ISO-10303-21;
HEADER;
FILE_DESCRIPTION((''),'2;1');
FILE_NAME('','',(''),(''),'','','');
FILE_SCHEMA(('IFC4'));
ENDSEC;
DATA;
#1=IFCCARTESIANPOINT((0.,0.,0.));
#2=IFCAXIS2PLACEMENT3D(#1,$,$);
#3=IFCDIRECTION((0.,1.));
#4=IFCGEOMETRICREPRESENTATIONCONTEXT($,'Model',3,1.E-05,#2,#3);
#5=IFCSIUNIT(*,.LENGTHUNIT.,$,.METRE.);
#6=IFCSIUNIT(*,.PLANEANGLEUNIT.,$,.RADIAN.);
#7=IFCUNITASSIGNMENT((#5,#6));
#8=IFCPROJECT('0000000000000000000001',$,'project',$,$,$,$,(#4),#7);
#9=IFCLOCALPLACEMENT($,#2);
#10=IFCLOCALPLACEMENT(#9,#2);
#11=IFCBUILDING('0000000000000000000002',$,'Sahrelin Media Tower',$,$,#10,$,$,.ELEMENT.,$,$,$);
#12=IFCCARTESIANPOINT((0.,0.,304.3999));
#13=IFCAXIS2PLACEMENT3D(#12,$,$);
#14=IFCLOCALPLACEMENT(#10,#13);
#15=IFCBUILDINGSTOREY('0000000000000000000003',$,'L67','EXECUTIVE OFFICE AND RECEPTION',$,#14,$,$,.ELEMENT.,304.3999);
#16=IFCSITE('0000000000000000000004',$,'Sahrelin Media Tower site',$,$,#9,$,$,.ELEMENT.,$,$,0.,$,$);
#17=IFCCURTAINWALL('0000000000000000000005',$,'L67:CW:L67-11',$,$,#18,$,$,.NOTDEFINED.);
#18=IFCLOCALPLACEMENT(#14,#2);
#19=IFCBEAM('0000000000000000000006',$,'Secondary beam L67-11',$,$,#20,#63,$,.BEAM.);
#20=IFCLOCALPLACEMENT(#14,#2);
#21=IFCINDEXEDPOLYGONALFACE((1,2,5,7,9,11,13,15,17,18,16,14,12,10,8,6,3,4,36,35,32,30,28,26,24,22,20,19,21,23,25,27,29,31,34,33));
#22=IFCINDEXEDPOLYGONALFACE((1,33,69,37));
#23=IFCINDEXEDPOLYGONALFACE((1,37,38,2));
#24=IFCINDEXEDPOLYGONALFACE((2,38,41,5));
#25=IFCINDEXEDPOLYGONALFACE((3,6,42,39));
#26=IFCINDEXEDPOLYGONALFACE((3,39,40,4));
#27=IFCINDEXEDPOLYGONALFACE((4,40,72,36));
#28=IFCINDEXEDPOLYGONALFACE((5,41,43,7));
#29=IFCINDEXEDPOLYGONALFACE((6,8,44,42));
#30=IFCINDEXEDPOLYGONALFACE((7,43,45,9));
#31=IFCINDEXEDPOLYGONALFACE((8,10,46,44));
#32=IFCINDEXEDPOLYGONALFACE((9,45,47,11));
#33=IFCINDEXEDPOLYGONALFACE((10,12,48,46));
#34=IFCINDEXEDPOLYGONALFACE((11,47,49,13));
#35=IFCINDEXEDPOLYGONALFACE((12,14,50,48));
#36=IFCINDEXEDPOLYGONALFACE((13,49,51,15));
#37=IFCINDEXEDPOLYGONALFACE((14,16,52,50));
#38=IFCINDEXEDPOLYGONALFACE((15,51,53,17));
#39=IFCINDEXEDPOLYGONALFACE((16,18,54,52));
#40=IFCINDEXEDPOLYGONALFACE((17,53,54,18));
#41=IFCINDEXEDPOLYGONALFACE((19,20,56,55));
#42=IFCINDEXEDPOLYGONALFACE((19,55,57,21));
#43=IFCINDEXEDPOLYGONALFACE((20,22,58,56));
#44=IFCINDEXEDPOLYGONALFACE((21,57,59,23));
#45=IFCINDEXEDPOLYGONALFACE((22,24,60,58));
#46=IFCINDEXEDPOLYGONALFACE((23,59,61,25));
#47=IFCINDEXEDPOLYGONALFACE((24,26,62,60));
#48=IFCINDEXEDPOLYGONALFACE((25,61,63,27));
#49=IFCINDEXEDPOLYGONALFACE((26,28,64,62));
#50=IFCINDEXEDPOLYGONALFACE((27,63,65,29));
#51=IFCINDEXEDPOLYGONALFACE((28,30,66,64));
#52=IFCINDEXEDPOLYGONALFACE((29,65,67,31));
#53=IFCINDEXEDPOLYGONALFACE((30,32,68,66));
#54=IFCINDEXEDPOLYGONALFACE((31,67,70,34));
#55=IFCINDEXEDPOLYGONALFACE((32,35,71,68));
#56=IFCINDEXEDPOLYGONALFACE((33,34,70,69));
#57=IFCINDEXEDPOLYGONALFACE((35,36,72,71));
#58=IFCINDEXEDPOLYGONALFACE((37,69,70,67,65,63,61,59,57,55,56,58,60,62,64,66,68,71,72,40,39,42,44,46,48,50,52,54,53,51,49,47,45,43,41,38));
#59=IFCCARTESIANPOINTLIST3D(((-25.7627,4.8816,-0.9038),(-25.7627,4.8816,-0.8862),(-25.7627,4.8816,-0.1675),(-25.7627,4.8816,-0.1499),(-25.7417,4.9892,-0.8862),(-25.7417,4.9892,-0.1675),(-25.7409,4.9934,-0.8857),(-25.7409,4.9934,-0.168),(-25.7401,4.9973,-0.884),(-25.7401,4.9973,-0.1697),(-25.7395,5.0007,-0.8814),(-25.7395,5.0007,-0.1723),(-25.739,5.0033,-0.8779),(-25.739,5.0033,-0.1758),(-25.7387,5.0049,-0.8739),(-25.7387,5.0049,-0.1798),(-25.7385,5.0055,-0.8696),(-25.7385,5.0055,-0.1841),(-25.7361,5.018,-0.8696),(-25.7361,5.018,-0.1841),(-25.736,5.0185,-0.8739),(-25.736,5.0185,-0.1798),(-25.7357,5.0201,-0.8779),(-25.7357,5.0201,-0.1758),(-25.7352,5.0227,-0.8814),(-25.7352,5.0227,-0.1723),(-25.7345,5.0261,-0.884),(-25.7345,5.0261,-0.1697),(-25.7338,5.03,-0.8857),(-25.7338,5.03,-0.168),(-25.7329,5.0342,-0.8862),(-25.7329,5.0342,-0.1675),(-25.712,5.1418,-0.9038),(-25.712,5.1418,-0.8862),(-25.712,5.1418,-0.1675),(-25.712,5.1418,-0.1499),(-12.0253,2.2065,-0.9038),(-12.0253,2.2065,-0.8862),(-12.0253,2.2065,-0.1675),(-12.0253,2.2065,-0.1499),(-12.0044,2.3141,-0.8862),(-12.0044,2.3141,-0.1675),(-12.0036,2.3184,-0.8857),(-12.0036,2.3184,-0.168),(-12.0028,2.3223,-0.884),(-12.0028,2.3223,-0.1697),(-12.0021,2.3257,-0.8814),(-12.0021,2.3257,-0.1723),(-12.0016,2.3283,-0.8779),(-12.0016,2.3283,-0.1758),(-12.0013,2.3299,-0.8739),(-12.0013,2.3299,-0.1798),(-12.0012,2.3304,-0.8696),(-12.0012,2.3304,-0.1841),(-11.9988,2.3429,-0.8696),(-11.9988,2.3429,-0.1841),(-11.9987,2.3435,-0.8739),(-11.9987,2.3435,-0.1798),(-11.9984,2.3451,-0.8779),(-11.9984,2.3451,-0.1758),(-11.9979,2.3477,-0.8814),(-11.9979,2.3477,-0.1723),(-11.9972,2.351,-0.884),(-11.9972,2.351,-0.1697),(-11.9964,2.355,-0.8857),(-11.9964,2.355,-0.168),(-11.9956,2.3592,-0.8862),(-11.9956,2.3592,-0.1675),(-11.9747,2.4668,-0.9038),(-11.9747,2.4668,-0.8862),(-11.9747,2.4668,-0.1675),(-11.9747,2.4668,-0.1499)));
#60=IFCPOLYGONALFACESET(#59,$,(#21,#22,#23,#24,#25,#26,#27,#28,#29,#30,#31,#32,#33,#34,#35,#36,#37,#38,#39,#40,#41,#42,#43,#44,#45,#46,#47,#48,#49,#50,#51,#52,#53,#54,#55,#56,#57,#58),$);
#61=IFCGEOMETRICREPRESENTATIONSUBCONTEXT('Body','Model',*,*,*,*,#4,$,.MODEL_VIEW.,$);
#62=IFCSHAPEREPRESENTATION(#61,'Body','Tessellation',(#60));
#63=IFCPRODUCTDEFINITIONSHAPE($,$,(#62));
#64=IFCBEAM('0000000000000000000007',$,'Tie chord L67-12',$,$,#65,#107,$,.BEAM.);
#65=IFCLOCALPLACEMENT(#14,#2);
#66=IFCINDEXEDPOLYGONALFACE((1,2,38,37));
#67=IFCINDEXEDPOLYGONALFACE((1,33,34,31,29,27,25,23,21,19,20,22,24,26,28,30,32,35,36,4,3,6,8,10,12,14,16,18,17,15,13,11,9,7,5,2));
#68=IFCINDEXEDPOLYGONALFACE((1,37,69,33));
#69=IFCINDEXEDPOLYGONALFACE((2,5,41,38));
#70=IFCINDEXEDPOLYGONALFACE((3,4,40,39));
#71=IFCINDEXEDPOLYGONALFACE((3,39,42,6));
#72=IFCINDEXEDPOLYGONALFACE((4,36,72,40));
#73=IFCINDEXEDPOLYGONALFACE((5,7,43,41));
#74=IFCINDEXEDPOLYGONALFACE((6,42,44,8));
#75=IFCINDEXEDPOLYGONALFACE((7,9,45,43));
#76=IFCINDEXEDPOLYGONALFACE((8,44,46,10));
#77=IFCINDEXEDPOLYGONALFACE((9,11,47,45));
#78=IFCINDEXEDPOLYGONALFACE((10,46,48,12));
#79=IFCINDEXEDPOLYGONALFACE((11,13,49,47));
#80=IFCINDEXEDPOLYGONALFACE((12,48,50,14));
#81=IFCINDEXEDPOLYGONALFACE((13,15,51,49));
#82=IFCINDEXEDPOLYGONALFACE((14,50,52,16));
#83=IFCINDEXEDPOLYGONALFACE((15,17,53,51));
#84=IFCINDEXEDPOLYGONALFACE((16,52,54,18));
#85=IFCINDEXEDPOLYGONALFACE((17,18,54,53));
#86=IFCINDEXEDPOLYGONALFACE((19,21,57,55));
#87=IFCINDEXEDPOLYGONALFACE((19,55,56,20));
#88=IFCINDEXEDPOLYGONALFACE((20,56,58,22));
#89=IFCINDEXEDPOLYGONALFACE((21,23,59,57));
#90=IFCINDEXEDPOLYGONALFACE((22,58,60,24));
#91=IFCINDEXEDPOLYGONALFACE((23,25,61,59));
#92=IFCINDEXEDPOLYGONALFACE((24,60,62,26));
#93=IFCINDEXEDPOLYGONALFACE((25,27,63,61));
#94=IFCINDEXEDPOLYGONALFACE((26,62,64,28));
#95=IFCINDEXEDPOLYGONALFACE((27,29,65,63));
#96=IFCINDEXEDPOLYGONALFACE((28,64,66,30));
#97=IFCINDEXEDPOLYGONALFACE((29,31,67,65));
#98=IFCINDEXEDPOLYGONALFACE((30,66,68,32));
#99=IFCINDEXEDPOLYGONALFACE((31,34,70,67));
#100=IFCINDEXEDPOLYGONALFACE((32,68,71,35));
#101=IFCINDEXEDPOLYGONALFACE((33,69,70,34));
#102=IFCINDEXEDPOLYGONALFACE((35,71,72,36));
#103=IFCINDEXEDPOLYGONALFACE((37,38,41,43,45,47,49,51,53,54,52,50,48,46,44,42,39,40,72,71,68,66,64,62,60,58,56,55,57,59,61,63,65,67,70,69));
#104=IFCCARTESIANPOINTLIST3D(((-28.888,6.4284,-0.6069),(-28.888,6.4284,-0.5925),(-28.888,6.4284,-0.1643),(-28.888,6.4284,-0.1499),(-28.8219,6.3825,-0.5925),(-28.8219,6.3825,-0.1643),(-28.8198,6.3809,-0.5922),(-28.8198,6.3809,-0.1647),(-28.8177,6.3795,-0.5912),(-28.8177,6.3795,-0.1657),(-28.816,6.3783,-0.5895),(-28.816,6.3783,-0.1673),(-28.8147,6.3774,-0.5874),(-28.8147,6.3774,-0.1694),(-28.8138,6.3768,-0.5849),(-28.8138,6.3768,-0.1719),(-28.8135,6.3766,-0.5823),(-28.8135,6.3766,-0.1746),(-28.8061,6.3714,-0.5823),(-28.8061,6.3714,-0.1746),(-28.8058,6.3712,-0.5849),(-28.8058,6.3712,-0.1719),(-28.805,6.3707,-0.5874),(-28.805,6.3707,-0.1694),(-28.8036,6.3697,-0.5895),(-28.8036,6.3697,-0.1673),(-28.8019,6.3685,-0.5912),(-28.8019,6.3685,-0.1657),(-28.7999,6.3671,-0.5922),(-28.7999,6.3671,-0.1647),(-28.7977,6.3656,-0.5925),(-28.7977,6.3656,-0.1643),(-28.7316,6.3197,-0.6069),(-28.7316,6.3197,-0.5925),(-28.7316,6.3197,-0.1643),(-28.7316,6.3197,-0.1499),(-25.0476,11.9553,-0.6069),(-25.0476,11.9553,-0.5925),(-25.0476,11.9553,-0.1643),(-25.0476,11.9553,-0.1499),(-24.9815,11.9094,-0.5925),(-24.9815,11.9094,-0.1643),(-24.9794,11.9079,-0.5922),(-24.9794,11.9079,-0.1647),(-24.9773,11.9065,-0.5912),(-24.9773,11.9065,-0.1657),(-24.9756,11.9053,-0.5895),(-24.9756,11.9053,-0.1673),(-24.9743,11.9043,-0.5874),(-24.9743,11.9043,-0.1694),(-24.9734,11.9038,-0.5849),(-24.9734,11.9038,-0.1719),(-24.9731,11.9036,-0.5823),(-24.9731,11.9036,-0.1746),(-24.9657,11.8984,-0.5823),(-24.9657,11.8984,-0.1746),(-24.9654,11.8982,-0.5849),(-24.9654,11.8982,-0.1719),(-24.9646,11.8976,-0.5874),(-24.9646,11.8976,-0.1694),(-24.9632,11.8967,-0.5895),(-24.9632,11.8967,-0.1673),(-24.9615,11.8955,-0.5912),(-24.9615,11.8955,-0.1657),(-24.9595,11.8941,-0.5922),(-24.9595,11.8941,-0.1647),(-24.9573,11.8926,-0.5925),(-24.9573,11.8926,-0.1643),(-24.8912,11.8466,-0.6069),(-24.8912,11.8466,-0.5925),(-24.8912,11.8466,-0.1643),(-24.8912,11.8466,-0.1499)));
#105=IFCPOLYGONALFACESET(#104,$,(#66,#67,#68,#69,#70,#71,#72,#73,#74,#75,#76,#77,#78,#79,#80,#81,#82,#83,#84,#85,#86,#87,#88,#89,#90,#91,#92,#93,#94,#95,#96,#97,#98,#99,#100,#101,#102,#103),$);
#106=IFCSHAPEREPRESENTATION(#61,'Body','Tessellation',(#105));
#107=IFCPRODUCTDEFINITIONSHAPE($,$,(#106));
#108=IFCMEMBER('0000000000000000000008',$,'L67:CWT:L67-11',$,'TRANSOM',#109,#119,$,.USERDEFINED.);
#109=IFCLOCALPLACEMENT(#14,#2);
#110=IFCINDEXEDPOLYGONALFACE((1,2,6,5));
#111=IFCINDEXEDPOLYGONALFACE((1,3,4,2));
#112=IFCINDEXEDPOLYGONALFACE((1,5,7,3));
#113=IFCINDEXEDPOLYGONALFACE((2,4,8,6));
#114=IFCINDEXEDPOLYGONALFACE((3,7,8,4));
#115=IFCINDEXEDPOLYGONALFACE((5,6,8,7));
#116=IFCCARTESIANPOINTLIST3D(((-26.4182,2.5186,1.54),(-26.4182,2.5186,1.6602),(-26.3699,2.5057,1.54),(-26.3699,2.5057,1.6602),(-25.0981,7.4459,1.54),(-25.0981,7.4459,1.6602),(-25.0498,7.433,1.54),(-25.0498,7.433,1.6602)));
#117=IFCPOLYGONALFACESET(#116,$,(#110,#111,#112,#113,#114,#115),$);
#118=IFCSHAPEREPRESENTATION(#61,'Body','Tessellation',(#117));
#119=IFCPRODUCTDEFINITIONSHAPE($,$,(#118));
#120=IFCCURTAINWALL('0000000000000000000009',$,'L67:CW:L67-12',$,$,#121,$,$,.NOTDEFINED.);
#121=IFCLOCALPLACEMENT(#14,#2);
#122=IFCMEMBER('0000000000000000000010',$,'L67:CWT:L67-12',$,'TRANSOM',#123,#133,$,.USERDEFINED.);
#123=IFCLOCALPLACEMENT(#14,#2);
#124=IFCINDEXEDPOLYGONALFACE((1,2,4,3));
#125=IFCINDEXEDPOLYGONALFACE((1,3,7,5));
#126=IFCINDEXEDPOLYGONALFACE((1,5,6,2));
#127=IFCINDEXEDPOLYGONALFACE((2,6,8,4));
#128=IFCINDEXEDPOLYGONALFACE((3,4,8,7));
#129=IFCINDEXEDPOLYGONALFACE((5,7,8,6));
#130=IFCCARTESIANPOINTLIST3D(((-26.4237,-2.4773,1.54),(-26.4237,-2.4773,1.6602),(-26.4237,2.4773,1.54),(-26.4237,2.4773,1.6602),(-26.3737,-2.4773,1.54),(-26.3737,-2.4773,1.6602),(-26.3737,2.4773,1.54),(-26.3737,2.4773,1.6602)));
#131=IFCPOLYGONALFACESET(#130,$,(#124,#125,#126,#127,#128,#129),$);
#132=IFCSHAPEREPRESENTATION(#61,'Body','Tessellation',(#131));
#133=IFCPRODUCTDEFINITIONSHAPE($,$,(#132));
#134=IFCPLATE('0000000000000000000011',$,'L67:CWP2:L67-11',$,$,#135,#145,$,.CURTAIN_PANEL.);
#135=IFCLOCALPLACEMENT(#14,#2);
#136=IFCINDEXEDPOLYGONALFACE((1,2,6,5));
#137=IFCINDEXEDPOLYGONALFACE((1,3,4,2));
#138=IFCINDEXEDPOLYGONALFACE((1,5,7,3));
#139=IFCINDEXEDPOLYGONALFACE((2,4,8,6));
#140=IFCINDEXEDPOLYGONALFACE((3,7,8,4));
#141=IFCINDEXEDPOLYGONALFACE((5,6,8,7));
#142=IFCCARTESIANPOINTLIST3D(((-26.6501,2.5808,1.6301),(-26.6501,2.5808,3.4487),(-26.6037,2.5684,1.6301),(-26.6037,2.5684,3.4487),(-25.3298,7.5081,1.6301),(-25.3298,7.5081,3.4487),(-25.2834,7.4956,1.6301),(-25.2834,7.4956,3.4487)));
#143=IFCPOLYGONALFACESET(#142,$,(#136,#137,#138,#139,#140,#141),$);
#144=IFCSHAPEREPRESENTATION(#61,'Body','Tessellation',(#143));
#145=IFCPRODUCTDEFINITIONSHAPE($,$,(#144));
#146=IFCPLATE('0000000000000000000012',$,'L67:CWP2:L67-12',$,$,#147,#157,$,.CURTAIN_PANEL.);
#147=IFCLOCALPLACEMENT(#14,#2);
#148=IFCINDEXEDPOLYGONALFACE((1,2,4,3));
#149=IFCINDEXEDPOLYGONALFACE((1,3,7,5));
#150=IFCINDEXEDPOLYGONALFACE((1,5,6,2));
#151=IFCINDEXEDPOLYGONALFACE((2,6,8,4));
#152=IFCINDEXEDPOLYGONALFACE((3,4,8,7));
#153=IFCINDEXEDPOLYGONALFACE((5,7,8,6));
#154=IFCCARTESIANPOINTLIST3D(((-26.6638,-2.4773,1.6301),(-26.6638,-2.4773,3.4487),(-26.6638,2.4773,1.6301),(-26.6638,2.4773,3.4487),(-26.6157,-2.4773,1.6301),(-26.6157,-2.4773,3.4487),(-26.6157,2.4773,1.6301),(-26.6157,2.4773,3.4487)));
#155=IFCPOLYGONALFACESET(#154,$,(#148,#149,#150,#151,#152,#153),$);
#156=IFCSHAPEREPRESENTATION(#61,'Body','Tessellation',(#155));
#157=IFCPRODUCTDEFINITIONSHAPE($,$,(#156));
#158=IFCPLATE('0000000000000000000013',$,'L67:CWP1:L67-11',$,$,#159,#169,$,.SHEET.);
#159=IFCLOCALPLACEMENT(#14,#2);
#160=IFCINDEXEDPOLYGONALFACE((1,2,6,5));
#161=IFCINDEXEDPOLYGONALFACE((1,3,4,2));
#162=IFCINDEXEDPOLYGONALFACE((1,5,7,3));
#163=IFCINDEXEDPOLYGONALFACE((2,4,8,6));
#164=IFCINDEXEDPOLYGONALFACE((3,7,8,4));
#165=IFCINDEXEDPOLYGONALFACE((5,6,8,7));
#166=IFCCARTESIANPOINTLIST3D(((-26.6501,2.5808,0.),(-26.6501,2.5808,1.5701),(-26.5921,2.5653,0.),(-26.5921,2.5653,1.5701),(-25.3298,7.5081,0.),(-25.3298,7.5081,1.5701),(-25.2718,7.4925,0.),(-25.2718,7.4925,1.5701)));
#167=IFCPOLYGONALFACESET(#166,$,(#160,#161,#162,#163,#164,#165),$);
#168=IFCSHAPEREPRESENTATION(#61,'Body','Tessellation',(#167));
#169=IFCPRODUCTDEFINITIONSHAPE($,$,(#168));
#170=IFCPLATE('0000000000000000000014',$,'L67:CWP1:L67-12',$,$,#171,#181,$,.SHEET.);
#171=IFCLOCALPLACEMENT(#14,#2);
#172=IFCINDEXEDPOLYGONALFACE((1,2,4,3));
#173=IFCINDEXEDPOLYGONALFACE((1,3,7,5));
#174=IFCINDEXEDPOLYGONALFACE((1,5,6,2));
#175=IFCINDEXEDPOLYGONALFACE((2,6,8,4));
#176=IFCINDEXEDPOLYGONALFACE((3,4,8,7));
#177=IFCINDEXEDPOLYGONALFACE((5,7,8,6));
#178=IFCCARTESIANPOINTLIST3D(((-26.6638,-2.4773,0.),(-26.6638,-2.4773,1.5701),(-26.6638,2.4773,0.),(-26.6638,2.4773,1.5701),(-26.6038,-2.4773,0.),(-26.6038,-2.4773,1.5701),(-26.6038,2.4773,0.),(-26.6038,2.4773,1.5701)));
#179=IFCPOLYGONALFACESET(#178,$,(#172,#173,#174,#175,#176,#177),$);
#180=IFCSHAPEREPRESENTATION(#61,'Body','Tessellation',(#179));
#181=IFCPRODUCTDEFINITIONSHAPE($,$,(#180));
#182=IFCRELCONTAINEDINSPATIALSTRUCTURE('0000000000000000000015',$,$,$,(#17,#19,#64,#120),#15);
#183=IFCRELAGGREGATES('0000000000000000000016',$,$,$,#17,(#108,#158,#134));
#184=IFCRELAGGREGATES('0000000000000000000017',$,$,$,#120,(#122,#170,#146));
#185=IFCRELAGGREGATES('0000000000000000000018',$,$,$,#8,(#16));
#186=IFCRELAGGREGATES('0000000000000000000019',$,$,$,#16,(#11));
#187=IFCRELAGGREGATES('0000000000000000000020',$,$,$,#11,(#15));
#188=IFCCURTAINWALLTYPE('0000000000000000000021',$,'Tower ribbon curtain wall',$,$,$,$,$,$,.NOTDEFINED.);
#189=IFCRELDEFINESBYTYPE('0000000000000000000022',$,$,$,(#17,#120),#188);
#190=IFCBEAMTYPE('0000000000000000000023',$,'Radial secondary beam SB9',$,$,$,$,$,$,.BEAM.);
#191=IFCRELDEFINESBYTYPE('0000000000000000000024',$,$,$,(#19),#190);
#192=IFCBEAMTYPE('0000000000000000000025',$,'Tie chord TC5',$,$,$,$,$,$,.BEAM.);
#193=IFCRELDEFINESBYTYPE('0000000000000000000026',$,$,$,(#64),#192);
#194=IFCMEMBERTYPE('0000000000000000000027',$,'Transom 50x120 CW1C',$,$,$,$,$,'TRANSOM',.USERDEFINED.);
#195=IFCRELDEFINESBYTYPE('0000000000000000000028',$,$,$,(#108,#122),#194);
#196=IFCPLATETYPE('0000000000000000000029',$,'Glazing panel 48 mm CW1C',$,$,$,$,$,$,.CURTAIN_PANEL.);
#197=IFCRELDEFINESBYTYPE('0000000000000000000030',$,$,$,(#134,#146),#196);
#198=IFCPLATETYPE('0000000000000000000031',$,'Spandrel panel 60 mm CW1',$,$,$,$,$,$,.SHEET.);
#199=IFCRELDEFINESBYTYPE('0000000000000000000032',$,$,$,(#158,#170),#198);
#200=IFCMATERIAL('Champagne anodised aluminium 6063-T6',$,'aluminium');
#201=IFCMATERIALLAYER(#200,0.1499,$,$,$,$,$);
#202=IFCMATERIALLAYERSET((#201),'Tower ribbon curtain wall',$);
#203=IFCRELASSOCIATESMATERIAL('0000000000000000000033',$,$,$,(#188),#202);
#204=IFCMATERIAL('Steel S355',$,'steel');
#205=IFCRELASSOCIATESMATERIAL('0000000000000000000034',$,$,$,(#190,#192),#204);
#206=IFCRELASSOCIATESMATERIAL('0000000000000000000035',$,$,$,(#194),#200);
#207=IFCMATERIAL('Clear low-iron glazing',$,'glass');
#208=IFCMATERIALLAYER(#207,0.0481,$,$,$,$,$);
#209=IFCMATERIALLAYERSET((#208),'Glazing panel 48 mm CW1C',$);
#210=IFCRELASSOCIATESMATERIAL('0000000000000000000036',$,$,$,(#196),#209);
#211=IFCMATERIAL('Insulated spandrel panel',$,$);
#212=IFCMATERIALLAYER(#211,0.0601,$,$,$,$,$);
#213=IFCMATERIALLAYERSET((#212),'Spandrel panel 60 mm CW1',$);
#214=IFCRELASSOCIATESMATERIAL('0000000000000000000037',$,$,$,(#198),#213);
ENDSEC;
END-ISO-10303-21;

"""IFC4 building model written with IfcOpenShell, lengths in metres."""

from ifc_helpers import new_model, si_unit, direction, frame, origin, origin_2d, place, context, subcontext, project, spatial, polyline, rectangle, i_section, outline, extrude, material, layer, layer_set, material_profile, profile_set, type_object, element, aggregate, save


model = new_model("IFC4")

# Units and contexts
model_context = context("Model", 3, precision=1e-05, world=origin(), true_north=direction((0.0, 1.0)))
body_context = subcontext(model_context, "Body", "Model", "MODEL_VIEW")
ifc_project = project(units=[si_unit("LENGTHUNIT", "METRE"), si_unit("PLANEANGLEUNIT", "RADIAN")], contexts=[model_context])

# Site, building, storey
site_placement = place(None, origin())
site = spatial("IfcSite", under=ifc_project, at=site_placement, Name="Sahrelin Media Tower site", CompositionType="ELEMENT", RefElevation=0.0)
building_placement = place(site_placement, origin())
building = spatial("IfcBuilding", under=site, at=building_placement, Name="Sahrelin Media Tower", CompositionType="ELEMENT")
storey_placement = place(building_placement, frame((0.0, 0.0, 304.3999)))
storey = spatial("IfcBuildingStorey", under=building, at=storey_placement, Name="L67", Description="EXECUTIVE OFFICE AND RECEPTION", CompositionType="ELEMENT", Elevation=304.3999)

# Shared definitions
ifc_material_1 = material(Name="Steel S355", Category="steel")

# Curtain wall
ifc_material_2 = material(Name="Champagne anodised aluminium 6063-T6", Category="aluminium")
ifc_layer_1 = layer(ifc_material_2, 0.1499)
ifc_layer_set_1 = layer_set([ifc_layer_1], Name="Tower ribbon curtain wall")
curtain_wall_type = type_object("IfcCurtainWallType", Name="Tower ribbon curtain wall", PredefinedType="NOTDEFINED", material=ifc_layer_set_1)
curtain_wall_1_placement = place(storey_placement, frame((-25.9707, 5.0393, 0.0), z_axis=(0.0, 0.0, 1.0), x_axis=(1.0, 0.0, 0.0)))
curtain_wall_1 = element("IfcCurtainWall", 1, at=curtain_wall_1_placement, inside=storey, type_object=curtain_wall_type, Name="L67:CW:L67-11", PredefinedType="NOTDEFINED")

# Beams
ifc_material_profile_1 = material_profile(ifc_material_1, i_section(OverallWidth=0.2651, OverallDepth=0.7539, WebThickness=0.0127, FlangeThickness=0.0176, FilletRadius=0.0166, at=origin_2d()), Name="UB 762x267x147")
ifc_profile_set_1 = profile_set([ifc_material_profile_1], Name="Steel S355")
beam_type_1 = type_object("IfcBeamType", Name="Radial secondary beam SB9", PredefinedType="BEAM", material=ifc_profile_set_1)
beam_1_placement = place(storey_placement, frame((-12.0, 2.3367, -0.5269), z_axis=(-0.981563, 0.191139, 0.0), x_axis=(-0.191139, -0.981563, 0.0)))
element("IfcBeam", 2, at=beam_1_placement, inside=storey, type_object=beam_type_1, Name="Secondary beam L67-11", PredefinedType="BEAM", context=body_context, shape_type="SweptSolid", body=[
    extrude(i_section(OverallWidth=0.2651, OverallDepth=0.7539, WebThickness=0.0127, FlangeThickness=0.0176, FilletRadius=0.0166, at=origin_2d()), origin(), (0.0, 0.0, 1.0), 13.9954),
])
ifc_material_profile_2 = material_profile(ifc_material_1, i_section(OverallWidth=0.1904, OverallDepth=0.457, WebThickness=0.009, FlangeThickness=0.0144, FilletRadius=0.0103, at=origin_2d()), Name="UB 457x191x74")
ifc_profile_set_2 = profile_set([ifc_material_profile_2], Name="Steel S355")
beam_type_2 = type_object("IfcBeamType", Name="Tie chord TC5", PredefinedType="BEAM", material=ifc_profile_set_2)
beam_2_placement = place(storey_placement, frame((-28.8098, 6.374, -0.3784), z_axis=(0.57062, 0.821214, 0.0), x_axis=(-0.821214, 0.57062, 0.0)))
element("IfcBeam", 3, at=beam_2_placement, inside=storey, type_object=beam_type_2, Name="Tie chord L67-12", PredefinedType="BEAM", context=body_context, shape_type="SweptSolid", body=[
    extrude(i_section(OverallWidth=0.1904, OverallDepth=0.457, WebThickness=0.009, FlangeThickness=0.0144, FilletRadius=0.0103, at=origin_2d()), origin(), (0.0, 0.0, 1.0), 6.7302),
])

# Member
ifc_material_profile_3 = material_profile(ifc_material_2, rectangle(XDim=0.05, YDim=0.1201, at=origin_2d()), Name="Transom 50x120")
ifc_profile_set_3 = profile_set([ifc_material_profile_3], Name="Champagne anodised aluminium 6063-T6")
member_type_1 = type_object("IfcMemberType", Name="Transom 50x120 CW1C", ElementType="TRANSOM", PredefinedType="USERDEFINED", material=ifc_profile_set_3)
member_1_placement = place(storey_placement, frame((-25.074, 7.4395, 1.6001), z_axis=(-0.258786, -0.965935, 0.0), x_axis=(0.965935, -0.258786, 0.0)))
member_1 = element("IfcMember", 4, at=member_1_placement, type_object=member_type_1, Name="L67:CWT:L67-11", ObjectType="TRANSOM", PredefinedType="USERDEFINED", context=body_context, shape_type="SweptSolid", body=[
    extrude(rectangle(XDim=0.05, YDim=0.1201, at=origin_2d()), origin(), (0.0, 0.0, 1.0), 5.1011),
])

# Curtain wall, member
curtain_wall_2_placement = place(storey_placement, frame((-26.6438, 0.0, 0.0), z_axis=(0.0, 0.0, 1.0), x_axis=(1.0, 0.0, 0.0)))
curtain_wall_2 = element("IfcCurtainWall", 5, at=curtain_wall_2_placement, inside=storey, type_object=curtain_wall_type, Name="L67:CW:L67-12", PredefinedType="NOTDEFINED")
member_2_placement = place(storey_placement, frame((-26.3987, 2.4773, 1.6001), z_axis=(0.0, -1.0, 0.0), x_axis=(1.0, 0.0, 0.0)))
member_2 = element("IfcMember", 6, at=member_2_placement, type_object=member_type_1, Name="L67:CWT:L67-12", ObjectType="TRANSOM", PredefinedType="USERDEFINED", context=body_context, shape_type="SweptSolid", body=[
    extrude(rectangle(XDim=0.05, YDim=0.1201, at=origin_2d()), origin(), (0.0, 0.0, 1.0), 4.9546),
])

# Plates
ifc_material_3 = material(Name="Clear low-iron glazing", Category="glass")
ifc_layer_2 = layer(ifc_material_3, 0.0481)
ifc_layer_set_2 = layer_set([ifc_layer_2], Name="Glazing panel 48 mm CW1C")
plate_type_1 = type_object("IfcPlateType", Name="Glazing panel 48 mm CW1C", PredefinedType="CURTAIN_PANEL", material=ifc_layer_set_2)
plate_1_placement = place(storey_placement, frame((-25.3298, 7.5081, 1.6301), z_axis=(-0.965923, 0.25883, 0.0), x_axis=(-0.25883, -0.965923, 0.0)))
plate_1 = element("IfcPlate", 7, at=plate_1_placement, type_object=plate_type_1, Name="L67:CWP2:L67-11", PredefinedType="CURTAIN_PANEL", context=body_context, shape_type="SweptSolid", body=[
    extrude(outline(polyline([(0.0, 0.0), (5.1011, 0.0), (5.1011, 1.8186), (0.0, 1.8186), (0.0, 0.0)])), origin(), (0.0, 0.0, -1.0), 0.0481),
])
plate_2_placement = place(storey_placement, frame((-26.6638, 2.4773, 1.6301), z_axis=(-1.0, 0.0, 0.0), x_axis=(0.0, -1.0, 0.0)))
plate_2 = element("IfcPlate", 8, at=plate_2_placement, type_object=plate_type_1, Name="L67:CWP2:L67-12", PredefinedType="CURTAIN_PANEL", context=body_context, shape_type="SweptSolid", body=[
    extrude(outline(polyline([(0.0, 0.0), (4.9546, 0.0), (4.9546, 1.8186), (0.0, 1.8186), (0.0, 0.0)])), origin(), (0.0, 0.0, -1.0), 0.0481),
])
ifc_material_4 = material(Name="Insulated spandrel panel")
ifc_layer_3 = layer(ifc_material_4, 0.0601)
ifc_layer_set_3 = layer_set([ifc_layer_3], Name="Spandrel panel 60 mm CW1")
plate_type_2 = type_object("IfcPlateType", Name="Spandrel panel 60 mm CW1", PredefinedType="SHEET", material=ifc_layer_set_3)
plate_3_placement = place(storey_placement, frame((-25.3298, 7.5081, 0.0), z_axis=(-0.965923, 0.25883, 0.0), x_axis=(-0.25883, -0.965923, 0.0)))
plate_3 = element("IfcPlate", 9, at=plate_3_placement, type_object=plate_type_2, Name="L67:CWP1:L67-11", PredefinedType="SHEET", context=body_context, shape_type="SweptSolid", body=[
    extrude(outline(polyline([(0.0, 0.0), (5.1011, 0.0), (5.1011, 1.5701), (0.0, 1.5701), (0.0, 0.0)])), origin(), (0.0, 0.0, -1.0), 0.0601),
])
aggregate(curtain_wall_1, [member_1, plate_3, plate_1])
plate_4_placement = place(storey_placement, frame((-26.6638, 2.4773, 0.0), z_axis=(-1.0, 0.0, 0.0), x_axis=(0.0, -1.0, 0.0)))
plate_4 = element("IfcPlate", 10, at=plate_4_placement, type_object=plate_type_2, Name="L67:CWP1:L67-12", PredefinedType="SHEET", context=body_context, shape_type="SweptSolid", body=[
    extrude(outline(polyline([(0.0, 0.0), (4.9546, 0.0), (4.9546, 1.5701), (0.0, 1.5701), (0.0, 0.0)])), origin(), (0.0, 0.0, -1.0), 0.0601),
])
aggregate(curtain_wall_2, [member_2, plate_4, plate_2])

save(model, "model.ifc")
